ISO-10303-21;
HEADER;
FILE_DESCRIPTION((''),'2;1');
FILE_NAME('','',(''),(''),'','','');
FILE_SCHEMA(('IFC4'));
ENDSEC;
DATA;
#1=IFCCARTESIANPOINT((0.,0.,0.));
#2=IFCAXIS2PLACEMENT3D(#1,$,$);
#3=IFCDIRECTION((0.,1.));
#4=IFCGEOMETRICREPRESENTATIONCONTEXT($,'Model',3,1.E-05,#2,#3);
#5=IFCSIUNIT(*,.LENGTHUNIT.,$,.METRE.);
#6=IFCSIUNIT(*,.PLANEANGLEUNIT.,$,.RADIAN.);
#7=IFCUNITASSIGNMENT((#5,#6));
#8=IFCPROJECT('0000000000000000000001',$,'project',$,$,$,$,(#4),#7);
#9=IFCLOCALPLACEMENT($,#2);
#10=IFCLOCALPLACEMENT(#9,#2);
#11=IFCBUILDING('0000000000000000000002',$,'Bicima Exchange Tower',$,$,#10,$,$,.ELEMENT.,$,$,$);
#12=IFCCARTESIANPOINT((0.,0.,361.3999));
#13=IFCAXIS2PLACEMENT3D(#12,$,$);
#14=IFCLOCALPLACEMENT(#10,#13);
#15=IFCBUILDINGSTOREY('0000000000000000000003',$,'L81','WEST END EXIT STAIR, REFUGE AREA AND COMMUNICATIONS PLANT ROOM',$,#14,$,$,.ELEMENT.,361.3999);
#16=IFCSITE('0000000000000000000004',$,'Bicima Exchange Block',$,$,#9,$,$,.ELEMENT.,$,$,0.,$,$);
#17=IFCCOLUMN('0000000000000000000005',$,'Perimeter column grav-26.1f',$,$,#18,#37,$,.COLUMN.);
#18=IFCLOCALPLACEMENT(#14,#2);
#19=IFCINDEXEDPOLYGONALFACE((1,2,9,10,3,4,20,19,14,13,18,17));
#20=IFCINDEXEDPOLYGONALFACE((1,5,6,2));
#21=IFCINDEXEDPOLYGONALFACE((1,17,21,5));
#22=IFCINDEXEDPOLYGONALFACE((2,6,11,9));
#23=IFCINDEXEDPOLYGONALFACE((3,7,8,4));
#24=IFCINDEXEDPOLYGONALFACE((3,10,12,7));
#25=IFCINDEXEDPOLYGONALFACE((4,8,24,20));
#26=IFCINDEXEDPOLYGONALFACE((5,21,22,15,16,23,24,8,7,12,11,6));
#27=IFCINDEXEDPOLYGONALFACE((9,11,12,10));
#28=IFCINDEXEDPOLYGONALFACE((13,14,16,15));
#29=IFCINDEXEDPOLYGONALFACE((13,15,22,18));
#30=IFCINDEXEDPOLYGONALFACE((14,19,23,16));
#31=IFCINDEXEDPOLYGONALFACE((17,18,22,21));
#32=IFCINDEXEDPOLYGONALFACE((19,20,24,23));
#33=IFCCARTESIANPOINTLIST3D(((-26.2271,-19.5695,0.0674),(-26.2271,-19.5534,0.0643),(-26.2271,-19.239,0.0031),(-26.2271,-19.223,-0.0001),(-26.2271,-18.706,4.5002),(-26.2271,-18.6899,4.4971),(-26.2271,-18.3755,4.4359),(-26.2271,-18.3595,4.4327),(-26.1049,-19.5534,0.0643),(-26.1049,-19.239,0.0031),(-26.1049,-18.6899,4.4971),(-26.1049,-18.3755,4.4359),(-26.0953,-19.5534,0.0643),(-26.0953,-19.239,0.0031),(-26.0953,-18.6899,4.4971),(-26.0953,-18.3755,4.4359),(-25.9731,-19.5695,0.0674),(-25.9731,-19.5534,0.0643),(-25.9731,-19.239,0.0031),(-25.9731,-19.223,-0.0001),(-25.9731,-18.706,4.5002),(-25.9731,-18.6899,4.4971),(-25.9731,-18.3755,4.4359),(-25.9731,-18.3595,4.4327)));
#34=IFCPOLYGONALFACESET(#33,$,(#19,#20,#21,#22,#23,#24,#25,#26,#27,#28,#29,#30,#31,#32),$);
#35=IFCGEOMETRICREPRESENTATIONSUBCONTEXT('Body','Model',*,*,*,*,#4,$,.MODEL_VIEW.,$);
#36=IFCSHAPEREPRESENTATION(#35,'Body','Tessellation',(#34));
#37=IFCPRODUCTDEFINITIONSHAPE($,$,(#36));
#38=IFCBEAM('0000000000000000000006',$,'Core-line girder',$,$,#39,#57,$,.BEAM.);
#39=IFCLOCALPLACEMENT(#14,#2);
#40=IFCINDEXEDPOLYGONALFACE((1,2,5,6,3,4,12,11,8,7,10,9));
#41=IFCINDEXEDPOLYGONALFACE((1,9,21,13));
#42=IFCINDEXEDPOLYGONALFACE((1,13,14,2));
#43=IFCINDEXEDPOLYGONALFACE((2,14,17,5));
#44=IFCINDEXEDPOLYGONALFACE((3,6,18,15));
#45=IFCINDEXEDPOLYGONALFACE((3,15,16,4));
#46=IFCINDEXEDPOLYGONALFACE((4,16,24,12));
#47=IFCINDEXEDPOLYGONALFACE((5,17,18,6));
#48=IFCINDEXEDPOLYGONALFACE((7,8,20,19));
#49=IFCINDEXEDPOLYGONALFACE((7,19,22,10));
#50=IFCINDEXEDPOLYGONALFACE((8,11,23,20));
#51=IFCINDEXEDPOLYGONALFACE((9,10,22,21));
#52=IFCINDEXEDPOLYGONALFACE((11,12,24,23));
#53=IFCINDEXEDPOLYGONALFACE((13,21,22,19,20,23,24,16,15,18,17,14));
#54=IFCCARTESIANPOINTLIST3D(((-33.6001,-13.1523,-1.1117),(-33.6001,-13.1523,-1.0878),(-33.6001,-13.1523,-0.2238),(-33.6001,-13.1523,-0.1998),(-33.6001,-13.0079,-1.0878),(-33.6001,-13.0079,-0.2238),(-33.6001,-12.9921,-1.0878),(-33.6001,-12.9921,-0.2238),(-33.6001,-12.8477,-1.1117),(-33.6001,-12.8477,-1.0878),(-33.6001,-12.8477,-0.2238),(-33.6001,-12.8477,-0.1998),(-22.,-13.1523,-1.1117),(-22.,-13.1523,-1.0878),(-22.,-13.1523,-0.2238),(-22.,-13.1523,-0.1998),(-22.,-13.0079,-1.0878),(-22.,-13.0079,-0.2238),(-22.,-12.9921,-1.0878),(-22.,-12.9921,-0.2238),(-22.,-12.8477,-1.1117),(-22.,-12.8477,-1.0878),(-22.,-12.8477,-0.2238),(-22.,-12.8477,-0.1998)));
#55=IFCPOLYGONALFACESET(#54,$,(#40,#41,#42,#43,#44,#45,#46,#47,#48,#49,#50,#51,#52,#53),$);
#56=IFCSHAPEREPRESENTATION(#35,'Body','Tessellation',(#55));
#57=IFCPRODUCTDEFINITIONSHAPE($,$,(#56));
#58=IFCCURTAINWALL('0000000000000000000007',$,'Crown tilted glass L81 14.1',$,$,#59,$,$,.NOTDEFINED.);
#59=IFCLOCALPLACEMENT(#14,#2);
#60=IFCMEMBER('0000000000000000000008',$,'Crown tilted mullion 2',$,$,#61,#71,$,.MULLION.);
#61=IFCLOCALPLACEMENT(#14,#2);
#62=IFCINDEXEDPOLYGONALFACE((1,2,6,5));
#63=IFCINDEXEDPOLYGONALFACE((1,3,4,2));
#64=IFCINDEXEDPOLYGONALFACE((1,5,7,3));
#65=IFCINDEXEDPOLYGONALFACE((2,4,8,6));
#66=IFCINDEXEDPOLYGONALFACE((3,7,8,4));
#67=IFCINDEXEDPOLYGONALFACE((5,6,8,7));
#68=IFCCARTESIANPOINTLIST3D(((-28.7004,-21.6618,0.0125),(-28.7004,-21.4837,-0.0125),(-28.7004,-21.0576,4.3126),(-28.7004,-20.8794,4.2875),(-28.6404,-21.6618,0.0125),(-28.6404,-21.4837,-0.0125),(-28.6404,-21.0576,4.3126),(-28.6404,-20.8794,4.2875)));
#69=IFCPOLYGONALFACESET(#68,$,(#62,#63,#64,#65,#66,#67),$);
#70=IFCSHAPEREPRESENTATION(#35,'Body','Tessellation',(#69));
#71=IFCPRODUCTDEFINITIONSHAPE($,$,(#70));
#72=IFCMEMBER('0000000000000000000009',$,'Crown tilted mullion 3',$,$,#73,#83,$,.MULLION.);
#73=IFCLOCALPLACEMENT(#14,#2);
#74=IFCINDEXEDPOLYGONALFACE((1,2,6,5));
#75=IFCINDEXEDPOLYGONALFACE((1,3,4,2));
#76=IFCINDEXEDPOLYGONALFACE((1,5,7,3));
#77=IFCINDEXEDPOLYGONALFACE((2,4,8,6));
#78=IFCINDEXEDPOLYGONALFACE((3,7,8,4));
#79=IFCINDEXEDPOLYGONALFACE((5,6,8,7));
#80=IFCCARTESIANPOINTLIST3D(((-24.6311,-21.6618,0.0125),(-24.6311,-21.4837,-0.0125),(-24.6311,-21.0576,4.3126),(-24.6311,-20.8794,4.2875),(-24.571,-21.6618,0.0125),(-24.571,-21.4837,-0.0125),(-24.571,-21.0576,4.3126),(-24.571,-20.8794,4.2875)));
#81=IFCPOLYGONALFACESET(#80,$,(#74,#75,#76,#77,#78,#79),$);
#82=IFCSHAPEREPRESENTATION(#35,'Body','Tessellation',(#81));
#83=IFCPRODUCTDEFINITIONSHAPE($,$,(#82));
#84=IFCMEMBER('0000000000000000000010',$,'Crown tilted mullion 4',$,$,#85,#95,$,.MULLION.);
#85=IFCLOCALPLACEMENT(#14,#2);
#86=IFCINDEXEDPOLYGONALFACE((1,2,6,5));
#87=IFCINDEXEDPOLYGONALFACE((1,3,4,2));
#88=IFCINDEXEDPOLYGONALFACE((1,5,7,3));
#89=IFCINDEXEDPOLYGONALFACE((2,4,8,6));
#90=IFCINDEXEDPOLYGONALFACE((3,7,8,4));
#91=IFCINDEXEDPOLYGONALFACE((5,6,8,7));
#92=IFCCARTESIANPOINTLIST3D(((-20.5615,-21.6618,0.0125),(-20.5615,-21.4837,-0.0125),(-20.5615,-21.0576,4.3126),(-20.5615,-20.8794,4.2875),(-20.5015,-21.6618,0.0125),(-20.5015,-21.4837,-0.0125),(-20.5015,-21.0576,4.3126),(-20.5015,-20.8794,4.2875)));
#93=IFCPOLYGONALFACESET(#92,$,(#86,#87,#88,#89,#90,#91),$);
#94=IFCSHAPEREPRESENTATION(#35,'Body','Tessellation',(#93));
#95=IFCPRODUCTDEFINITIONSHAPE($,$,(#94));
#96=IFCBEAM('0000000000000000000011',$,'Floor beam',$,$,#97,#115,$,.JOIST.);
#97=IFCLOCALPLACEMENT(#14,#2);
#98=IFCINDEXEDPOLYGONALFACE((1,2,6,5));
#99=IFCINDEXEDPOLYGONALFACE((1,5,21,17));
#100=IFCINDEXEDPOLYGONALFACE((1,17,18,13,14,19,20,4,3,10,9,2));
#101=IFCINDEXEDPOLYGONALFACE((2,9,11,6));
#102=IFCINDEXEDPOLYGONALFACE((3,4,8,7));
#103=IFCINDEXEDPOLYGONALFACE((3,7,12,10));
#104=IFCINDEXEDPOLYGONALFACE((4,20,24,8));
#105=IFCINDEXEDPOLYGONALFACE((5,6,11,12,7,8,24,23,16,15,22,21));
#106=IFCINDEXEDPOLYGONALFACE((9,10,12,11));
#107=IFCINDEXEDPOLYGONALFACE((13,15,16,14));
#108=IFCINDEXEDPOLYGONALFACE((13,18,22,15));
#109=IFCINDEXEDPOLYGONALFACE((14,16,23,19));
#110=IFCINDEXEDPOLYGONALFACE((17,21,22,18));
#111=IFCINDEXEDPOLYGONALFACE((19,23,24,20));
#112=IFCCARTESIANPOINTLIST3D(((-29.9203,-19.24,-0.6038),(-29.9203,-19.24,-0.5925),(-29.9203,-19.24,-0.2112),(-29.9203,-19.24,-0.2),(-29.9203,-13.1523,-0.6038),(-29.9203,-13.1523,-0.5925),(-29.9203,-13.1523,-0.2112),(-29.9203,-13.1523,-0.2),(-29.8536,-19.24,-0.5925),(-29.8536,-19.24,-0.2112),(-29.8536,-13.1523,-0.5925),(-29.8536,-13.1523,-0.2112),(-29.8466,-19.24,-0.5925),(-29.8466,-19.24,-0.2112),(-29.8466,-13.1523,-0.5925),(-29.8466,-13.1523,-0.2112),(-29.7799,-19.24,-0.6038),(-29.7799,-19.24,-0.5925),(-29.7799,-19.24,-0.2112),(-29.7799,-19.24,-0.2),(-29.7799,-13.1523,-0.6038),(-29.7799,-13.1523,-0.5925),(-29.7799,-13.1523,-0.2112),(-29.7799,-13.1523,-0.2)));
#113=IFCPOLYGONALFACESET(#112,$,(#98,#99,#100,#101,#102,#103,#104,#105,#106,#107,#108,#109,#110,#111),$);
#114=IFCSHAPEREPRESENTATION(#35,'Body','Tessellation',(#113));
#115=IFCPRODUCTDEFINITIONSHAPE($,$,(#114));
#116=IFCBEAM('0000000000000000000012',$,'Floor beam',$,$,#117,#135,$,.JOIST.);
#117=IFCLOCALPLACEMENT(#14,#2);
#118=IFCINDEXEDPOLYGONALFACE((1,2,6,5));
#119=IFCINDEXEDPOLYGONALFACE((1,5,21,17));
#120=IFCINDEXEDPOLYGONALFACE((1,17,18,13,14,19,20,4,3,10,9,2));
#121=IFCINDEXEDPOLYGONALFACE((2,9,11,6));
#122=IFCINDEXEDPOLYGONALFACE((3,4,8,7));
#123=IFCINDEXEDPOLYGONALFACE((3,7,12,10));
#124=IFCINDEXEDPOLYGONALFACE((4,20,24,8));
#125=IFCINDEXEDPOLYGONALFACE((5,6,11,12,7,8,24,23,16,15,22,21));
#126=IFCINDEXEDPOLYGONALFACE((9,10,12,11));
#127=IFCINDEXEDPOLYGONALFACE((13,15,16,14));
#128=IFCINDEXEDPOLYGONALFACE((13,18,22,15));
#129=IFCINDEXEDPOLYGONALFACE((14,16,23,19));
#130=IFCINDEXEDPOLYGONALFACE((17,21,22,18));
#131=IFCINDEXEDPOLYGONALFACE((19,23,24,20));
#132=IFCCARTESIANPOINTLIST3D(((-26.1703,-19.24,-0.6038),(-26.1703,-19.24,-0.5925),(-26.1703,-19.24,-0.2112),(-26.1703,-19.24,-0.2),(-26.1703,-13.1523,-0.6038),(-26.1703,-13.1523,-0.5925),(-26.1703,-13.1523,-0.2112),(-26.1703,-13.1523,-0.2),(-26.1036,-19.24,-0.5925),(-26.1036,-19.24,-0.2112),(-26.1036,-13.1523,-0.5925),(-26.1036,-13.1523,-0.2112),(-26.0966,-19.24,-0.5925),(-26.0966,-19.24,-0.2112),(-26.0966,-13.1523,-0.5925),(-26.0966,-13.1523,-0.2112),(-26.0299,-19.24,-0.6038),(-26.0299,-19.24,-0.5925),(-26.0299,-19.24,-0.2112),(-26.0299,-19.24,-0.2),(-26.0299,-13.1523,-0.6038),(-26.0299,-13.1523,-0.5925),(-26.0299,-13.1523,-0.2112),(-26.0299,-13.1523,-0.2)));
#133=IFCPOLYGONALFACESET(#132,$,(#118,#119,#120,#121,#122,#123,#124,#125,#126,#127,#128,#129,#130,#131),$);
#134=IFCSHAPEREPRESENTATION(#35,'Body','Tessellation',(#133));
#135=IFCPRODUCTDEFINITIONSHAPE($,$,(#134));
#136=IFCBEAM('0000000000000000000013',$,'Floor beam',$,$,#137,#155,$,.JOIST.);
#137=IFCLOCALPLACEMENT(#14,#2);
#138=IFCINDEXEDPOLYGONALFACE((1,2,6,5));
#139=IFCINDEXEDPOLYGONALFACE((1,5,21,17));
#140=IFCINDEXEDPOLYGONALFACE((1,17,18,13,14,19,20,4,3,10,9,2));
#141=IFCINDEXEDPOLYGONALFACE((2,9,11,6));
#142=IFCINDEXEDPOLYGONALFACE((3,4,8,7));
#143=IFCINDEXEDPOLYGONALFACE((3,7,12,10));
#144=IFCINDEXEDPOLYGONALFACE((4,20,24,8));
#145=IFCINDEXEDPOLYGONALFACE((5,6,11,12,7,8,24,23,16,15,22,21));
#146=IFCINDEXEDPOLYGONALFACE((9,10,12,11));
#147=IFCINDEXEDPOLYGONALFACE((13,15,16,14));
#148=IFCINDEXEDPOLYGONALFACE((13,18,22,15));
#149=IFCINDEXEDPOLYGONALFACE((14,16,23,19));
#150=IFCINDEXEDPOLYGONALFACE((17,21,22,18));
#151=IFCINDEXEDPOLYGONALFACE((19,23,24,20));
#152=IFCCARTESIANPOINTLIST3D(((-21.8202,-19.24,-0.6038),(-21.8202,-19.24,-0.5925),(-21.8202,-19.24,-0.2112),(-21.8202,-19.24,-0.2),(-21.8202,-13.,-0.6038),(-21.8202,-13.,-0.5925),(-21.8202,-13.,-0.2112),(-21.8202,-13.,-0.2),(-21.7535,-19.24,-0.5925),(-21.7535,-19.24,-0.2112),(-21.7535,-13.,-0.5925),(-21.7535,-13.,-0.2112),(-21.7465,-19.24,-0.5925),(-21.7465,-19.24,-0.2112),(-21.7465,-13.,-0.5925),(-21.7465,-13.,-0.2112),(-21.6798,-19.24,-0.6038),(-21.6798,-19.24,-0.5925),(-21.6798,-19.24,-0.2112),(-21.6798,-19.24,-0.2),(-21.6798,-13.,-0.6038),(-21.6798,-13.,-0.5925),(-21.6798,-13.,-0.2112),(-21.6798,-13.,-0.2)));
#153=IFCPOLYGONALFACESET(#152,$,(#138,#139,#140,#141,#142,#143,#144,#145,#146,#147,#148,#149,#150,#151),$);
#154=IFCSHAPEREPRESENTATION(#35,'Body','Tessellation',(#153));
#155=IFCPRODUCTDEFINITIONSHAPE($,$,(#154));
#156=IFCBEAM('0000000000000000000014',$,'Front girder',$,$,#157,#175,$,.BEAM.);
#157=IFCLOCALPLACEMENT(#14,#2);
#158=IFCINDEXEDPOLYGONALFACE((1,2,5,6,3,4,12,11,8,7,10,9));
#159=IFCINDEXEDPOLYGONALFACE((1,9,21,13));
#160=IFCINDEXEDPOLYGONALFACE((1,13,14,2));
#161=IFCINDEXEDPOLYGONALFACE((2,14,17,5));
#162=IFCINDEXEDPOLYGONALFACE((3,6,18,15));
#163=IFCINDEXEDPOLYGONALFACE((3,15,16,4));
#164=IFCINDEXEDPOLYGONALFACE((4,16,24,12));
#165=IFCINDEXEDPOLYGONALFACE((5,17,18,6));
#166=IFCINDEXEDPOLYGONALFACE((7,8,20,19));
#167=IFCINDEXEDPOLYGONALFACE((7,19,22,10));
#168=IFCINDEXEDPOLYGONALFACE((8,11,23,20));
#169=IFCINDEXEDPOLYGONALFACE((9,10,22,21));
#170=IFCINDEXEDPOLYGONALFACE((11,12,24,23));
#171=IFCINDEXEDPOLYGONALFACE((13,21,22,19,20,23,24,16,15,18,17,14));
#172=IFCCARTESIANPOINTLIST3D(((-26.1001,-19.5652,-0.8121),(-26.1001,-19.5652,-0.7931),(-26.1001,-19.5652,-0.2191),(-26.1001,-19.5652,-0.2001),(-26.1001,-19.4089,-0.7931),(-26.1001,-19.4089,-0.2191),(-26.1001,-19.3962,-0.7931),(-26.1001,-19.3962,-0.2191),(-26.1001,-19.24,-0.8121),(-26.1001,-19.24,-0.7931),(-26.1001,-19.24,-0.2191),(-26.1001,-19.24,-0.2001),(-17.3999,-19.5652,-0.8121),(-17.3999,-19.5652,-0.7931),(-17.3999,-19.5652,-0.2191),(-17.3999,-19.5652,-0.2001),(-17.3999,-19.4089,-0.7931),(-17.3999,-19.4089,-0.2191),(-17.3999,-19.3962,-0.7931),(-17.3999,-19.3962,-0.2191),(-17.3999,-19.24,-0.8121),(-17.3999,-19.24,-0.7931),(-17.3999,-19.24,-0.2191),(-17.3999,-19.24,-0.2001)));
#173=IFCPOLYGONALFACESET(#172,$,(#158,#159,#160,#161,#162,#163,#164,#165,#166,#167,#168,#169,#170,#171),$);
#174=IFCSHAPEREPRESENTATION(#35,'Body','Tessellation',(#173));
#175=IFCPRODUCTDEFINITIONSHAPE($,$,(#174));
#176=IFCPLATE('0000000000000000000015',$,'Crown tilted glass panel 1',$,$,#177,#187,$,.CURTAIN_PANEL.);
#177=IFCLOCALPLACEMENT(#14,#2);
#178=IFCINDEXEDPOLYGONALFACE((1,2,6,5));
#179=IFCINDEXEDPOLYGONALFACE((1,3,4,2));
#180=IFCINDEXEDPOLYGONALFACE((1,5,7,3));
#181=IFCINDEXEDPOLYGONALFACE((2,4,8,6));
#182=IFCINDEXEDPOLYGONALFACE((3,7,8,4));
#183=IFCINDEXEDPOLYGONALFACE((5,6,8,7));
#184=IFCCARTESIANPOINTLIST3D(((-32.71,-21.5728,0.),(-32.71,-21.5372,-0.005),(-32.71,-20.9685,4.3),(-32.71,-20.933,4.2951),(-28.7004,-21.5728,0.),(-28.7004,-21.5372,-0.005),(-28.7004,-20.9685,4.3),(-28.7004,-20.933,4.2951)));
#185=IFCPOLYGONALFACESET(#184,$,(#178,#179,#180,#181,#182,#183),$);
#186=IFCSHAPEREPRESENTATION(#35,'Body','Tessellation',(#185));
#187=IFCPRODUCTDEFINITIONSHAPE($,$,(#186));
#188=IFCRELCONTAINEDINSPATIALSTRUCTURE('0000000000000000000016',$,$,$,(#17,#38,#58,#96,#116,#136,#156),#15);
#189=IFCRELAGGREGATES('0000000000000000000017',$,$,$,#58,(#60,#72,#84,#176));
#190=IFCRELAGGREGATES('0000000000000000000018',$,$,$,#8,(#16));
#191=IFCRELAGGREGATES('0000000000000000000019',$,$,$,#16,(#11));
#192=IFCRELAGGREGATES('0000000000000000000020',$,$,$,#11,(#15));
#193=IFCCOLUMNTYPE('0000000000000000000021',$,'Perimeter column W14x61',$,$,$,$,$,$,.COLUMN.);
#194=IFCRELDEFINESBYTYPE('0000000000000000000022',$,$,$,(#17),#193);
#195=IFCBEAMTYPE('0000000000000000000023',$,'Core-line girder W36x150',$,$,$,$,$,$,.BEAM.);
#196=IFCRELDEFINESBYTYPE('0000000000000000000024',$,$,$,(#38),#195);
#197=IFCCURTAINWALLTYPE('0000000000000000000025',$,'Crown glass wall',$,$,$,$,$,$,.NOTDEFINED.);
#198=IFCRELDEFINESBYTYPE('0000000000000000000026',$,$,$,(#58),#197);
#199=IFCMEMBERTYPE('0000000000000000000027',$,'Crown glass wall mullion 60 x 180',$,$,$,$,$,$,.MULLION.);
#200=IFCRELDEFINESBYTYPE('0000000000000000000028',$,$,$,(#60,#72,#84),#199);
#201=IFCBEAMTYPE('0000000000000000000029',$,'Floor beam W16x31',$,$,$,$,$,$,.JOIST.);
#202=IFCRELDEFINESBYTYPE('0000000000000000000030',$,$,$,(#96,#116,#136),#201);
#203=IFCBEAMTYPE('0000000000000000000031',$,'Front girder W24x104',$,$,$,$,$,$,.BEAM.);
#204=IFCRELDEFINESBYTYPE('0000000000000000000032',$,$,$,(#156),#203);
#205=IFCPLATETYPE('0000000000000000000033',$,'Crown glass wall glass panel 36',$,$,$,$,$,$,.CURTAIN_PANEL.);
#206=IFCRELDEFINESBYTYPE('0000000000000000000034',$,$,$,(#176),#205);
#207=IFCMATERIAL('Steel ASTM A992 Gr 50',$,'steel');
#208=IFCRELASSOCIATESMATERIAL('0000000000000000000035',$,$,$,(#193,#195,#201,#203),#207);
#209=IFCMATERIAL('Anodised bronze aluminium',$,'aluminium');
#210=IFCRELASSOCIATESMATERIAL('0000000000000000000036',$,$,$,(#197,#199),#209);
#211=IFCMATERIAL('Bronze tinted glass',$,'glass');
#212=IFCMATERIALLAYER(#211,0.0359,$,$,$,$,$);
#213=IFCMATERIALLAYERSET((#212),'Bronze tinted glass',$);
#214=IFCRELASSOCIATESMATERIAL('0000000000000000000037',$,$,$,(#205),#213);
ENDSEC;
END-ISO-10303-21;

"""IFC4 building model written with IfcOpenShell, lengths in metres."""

from ifc_helpers import new_model, si_unit, direction, frame, origin, origin_2d, place, context, subcontext, project, spatial, polyline, rectangle, i_section, outline, extrude, material, layer, layer_set, material_profile, profile_set, type_object, element, aggregate, save


model = new_model("IFC4")

# Units and contexts
model_context = context("Model", 3, precision=1e-05, world=origin(), true_north=direction((0.0, 1.0)))
body_context = subcontext(model_context, "Body", "Model", "MODEL_VIEW")
ifc_project = project(units=[si_unit("LENGTHUNIT", "METRE"), si_unit("PLANEANGLEUNIT", "RADIAN")], contexts=[model_context])

# Site, building, storey
site_placement = place(None, origin())
site = spatial("IfcSite", under=ifc_project, at=site_placement, Name="Bicima Exchange Block", CompositionType="ELEMENT", RefElevation=0.0)
building_placement = place(site_placement, origin())
building = spatial("IfcBuilding", under=site, at=building_placement, Name="Bicima Exchange Tower", CompositionType="ELEMENT")
storey_placement = place(building_placement, frame((0.0, 0.0, 361.3999)))
storey = spatial("IfcBuildingStorey", under=building, at=storey_placement, Name="L81", Description="WEST END EXIT STAIR, REFUGE AREA AND COMMUNICATIONS PLANT ROOM", CompositionType="ELEMENT", Elevation=361.3999)

# Column
ifc_material_1 = material(Name="Steel ASTM A992 Gr 50", Category="steel")
ifc_material_profile_1 = material_profile(ifc_material_1, i_section(OverallWidth=0.2539, OverallDepth=0.353, WebThickness=0.0095, FlangeThickness=0.0164, at=origin_2d()))
ifc_profile_set_1 = profile_set([ifc_material_profile_1], Name="Steel ASTM A992 Gr 50")
column_type = type_object("IfcColumnType", Name="Perimeter column W14x61", PredefinedType="COLUMN", material=ifc_profile_set_1)
column_placement = place(storey_placement, frame((-26.1001, -19.3962, 0.0337), z_axis=(0.0, 0.191207, 0.98155), x_axis=(-1.0, 0.0, 0.0)))
element("IfcColumn", 1, at=column_placement, inside=storey, type_object=column_type, Name="Perimeter column grav-26.1f", PredefinedType="COLUMN", context=body_context, shape_type="SweptSolid", body=[
    extrude(i_section(OverallWidth=0.2539, OverallDepth=0.353, WebThickness=0.0095, FlangeThickness=0.0164, at=origin_2d()), origin(), (0.0, 0.0, 1.0), 4.5161),
])

# Beam
ifc_material_profile_2 = material_profile(ifc_material_1, i_section(OverallWidth=0.3047, OverallDepth=0.9119, WebThickness=0.0159, FlangeThickness=0.0239, at=origin_2d()))
ifc_profile_set_2 = profile_set([ifc_material_profile_2], Name="Steel ASTM A992 Gr 50")
beam_type_1 = type_object("IfcBeamType", Name="Core-line girder W36x150", PredefinedType="BEAM", material=ifc_profile_set_2)
beam_1_placement = place(storey_placement, frame((-22.0, -13.0, -0.6558), z_axis=(-1.0, 0.0, 0.0), x_axis=(0.0, -1.0, 0.0)))
element("IfcBeam", 2, at=beam_1_placement, inside=storey, type_object=beam_type_1, Name="Core-line girder", PredefinedType="BEAM", context=body_context, shape_type="SweptSolid", body=[
    extrude(i_section(OverallWidth=0.3047, OverallDepth=0.9119, WebThickness=0.0159, FlangeThickness=0.0239, at=origin_2d()), origin(), (0.0, 0.0, 1.0), 11.6001),
])

# Curtain wall, members
ifc_material_2 = material(Name="Anodised bronze aluminium", Category="aluminium")
curtain_wall_type = type_object("IfcCurtainWallType", Name="Crown glass wall", PredefinedType="NOTDEFINED", material=ifc_material_2)
curtain_wall_placement = place(storey_placement, origin())
curtain_wall = element("IfcCurtainWall", 3, at=curtain_wall_placement, inside=storey, type_object=curtain_wall_type, Name="Crown tilted glass L81 14.1", PredefinedType="NOTDEFINED")
ifc_material_profile_3 = material_profile(ifc_material_2, rectangle(XDim=0.1799, YDim=0.0601, at=origin_2d()))
ifc_profile_set_3 = profile_set([ifc_material_profile_3], Name="Anodised bronze aluminium")
member_type = type_object("IfcMemberType", Name="Crown glass wall mullion 60 x 180", PredefinedType="MULLION", material=ifc_profile_set_3)
member_1_placement = place(storey_placement, frame((-28.6704, -21.5728, 0.0), z_axis=(0.0, 0.139154, 0.990271), x_axis=(0.0, -0.990271, 0.139154)))
member_1 = element("IfcMember", 4, at=member_1_placement, type_object=member_type, Name="Crown tilted mullion 2", PredefinedType="MULLION", context=body_context, shape_type="SweptSolid", body=[
    extrude(rectangle(XDim=0.1799, YDim=0.0601, at=origin_2d()), origin(), (0.0, 0.0, 1.0), 4.3423),
])
member_2_placement = place(storey_placement, frame((-24.6011, -21.5728, 0.0), z_axis=(0.0, 0.139154, 0.990271), x_axis=(0.0, -0.990271, 0.139154)))
member_2 = element("IfcMember", 5, at=member_2_placement, type_object=member_type, Name="Crown tilted mullion 3", PredefinedType="MULLION", context=body_context, shape_type="SweptSolid", body=[
    extrude(rectangle(XDim=0.1799, YDim=0.0601, at=origin_2d()), origin(), (0.0, 0.0, 1.0), 4.3423),
])
member_3_placement = place(storey_placement, frame((-20.5315, -21.5728, 0.0), z_axis=(0.0, 0.139154, 0.990271), x_axis=(0.0, -0.990271, 0.139154)))
member_3 = element("IfcMember", 6, at=member_3_placement, type_object=member_type, Name="Crown tilted mullion 4", PredefinedType="MULLION", context=body_context, shape_type="SweptSolid", body=[
    extrude(rectangle(XDim=0.1799, YDim=0.0601, at=origin_2d()), origin(), (0.0, 0.0, 1.0), 4.3423),
])

# Beams
ifc_material_profile_4 = material_profile(ifc_material_1, i_section(OverallWidth=0.1404, OverallDepth=0.4038, WebThickness=0.0071, FlangeThickness=0.0112, at=origin_2d()))
ifc_profile_set_4 = profile_set([ifc_material_profile_4], Name="Steel ASTM A992 Gr 50")
beam_type_2 = type_object("IfcBeamType", Name="Floor beam W16x31", PredefinedType="JOIST", material=ifc_profile_set_4)
for number, where, z_axis, x_axis, name in (
    (7, (-29.8501, -13.1523, -0.4019), (0.0, -1.0, 0.0), (1.0, 0.0, 0.0), "Floor beam"),
    (8, (-26.1001, -13.1523, -0.4019), (0.0, -1.0, 0.0), (1.0, 0.0, 0.0), "Floor beam"),
):
    element("IfcBeam", number, at=place(storey_placement, frame(where, z_axis=z_axis, x_axis=x_axis)), inside=storey, type_object=beam_type_2, Name=name, PredefinedType="JOIST", context=body_context, shape_type="SweptSolid", body=[
        extrude(i_section(OverallWidth=0.1404, OverallDepth=0.4038, WebThickness=0.0071, FlangeThickness=0.0112, at=origin_2d()), origin(), (0.0, 0.0, 1.0), 6.0876),
    ])
beam_2_placement = place(storey_placement, frame((-21.75, -13.0, -0.4019), z_axis=(0.0, -1.0, 0.0), x_axis=(1.0, 0.0, 0.0)))
element("IfcBeam", 9, at=beam_2_placement, inside=storey, type_object=beam_type_2, Name="Floor beam", PredefinedType="JOIST", context=body_context, shape_type="SweptSolid", body=[
    extrude(i_section(OverallWidth=0.1404, OverallDepth=0.4038, WebThickness=0.0071, FlangeThickness=0.0112, at=origin_2d()), origin(), (0.0, 0.0, 1.0), 6.24),
])
ifc_material_profile_5 = material_profile(ifc_material_1, i_section(OverallWidth=0.3252, OverallDepth=0.6121, WebThickness=0.0127, FlangeThickness=0.019, at=origin_2d()))
ifc_profile_set_5 = profile_set([ifc_material_profile_5], Name="Steel ASTM A992 Gr 50")
beam_type_3 = type_object("IfcBeamType", Name="Front girder W24x104", PredefinedType="BEAM", material=ifc_profile_set_5)
beam_3_placement = place(storey_placement, frame((-26.1001, -19.4026, -0.5061), z_axis=(1.0, 0.0, 0.0), x_axis=(0.0, 1.0, 0.0)))
element("IfcBeam", 10, at=beam_3_placement, inside=storey, type_object=beam_type_3, Name="Front girder", PredefinedType="BEAM", context=body_context, shape_type="SweptSolid", body=[
    extrude(i_section(OverallWidth=0.3252, OverallDepth=0.6121, WebThickness=0.0127, FlangeThickness=0.019, at=origin_2d()), origin(), (0.0, 0.0, 1.0), 8.7002),
])

# Plate
ifc_material_3 = material(Name="Bronze tinted glass", Category="glass")
ifc_layer_1 = layer(ifc_material_3, 0.0359)
ifc_layer_set_1 = layer_set([ifc_layer_1], Name="Bronze tinted glass")
plate_type = type_object("IfcPlateType", Name="Crown glass wall glass panel 36", PredefinedType="CURTAIN_PANEL", material=ifc_layer_set_1)
plate_1_placement = place(storey_placement, frame((-32.71, -21.5728, 0.0), z_axis=(0.0, -0.990271, 0.139154), x_axis=(1.0, 0.0, 0.0)))
plate_1 = element("IfcPlate", 11, at=plate_1_placement, type_object=plate_type, Name="Crown tilted glass panel 1", PredefinedType="CURTAIN_PANEL", context=body_context, shape_type="SweptSolid", body=[
    extrude(outline(polyline([(0.0, 0.0), (4.0095, 0.0), (4.0095, 4.3423), (0.0, 4.3423), (0.0, 0.0)])), origin(), (0.0, 0.0, -1.0), 0.0359),
])
aggregate(curtain_wall, [member_1, member_2, member_3, plate_1])

save(model, "model.ifc")
